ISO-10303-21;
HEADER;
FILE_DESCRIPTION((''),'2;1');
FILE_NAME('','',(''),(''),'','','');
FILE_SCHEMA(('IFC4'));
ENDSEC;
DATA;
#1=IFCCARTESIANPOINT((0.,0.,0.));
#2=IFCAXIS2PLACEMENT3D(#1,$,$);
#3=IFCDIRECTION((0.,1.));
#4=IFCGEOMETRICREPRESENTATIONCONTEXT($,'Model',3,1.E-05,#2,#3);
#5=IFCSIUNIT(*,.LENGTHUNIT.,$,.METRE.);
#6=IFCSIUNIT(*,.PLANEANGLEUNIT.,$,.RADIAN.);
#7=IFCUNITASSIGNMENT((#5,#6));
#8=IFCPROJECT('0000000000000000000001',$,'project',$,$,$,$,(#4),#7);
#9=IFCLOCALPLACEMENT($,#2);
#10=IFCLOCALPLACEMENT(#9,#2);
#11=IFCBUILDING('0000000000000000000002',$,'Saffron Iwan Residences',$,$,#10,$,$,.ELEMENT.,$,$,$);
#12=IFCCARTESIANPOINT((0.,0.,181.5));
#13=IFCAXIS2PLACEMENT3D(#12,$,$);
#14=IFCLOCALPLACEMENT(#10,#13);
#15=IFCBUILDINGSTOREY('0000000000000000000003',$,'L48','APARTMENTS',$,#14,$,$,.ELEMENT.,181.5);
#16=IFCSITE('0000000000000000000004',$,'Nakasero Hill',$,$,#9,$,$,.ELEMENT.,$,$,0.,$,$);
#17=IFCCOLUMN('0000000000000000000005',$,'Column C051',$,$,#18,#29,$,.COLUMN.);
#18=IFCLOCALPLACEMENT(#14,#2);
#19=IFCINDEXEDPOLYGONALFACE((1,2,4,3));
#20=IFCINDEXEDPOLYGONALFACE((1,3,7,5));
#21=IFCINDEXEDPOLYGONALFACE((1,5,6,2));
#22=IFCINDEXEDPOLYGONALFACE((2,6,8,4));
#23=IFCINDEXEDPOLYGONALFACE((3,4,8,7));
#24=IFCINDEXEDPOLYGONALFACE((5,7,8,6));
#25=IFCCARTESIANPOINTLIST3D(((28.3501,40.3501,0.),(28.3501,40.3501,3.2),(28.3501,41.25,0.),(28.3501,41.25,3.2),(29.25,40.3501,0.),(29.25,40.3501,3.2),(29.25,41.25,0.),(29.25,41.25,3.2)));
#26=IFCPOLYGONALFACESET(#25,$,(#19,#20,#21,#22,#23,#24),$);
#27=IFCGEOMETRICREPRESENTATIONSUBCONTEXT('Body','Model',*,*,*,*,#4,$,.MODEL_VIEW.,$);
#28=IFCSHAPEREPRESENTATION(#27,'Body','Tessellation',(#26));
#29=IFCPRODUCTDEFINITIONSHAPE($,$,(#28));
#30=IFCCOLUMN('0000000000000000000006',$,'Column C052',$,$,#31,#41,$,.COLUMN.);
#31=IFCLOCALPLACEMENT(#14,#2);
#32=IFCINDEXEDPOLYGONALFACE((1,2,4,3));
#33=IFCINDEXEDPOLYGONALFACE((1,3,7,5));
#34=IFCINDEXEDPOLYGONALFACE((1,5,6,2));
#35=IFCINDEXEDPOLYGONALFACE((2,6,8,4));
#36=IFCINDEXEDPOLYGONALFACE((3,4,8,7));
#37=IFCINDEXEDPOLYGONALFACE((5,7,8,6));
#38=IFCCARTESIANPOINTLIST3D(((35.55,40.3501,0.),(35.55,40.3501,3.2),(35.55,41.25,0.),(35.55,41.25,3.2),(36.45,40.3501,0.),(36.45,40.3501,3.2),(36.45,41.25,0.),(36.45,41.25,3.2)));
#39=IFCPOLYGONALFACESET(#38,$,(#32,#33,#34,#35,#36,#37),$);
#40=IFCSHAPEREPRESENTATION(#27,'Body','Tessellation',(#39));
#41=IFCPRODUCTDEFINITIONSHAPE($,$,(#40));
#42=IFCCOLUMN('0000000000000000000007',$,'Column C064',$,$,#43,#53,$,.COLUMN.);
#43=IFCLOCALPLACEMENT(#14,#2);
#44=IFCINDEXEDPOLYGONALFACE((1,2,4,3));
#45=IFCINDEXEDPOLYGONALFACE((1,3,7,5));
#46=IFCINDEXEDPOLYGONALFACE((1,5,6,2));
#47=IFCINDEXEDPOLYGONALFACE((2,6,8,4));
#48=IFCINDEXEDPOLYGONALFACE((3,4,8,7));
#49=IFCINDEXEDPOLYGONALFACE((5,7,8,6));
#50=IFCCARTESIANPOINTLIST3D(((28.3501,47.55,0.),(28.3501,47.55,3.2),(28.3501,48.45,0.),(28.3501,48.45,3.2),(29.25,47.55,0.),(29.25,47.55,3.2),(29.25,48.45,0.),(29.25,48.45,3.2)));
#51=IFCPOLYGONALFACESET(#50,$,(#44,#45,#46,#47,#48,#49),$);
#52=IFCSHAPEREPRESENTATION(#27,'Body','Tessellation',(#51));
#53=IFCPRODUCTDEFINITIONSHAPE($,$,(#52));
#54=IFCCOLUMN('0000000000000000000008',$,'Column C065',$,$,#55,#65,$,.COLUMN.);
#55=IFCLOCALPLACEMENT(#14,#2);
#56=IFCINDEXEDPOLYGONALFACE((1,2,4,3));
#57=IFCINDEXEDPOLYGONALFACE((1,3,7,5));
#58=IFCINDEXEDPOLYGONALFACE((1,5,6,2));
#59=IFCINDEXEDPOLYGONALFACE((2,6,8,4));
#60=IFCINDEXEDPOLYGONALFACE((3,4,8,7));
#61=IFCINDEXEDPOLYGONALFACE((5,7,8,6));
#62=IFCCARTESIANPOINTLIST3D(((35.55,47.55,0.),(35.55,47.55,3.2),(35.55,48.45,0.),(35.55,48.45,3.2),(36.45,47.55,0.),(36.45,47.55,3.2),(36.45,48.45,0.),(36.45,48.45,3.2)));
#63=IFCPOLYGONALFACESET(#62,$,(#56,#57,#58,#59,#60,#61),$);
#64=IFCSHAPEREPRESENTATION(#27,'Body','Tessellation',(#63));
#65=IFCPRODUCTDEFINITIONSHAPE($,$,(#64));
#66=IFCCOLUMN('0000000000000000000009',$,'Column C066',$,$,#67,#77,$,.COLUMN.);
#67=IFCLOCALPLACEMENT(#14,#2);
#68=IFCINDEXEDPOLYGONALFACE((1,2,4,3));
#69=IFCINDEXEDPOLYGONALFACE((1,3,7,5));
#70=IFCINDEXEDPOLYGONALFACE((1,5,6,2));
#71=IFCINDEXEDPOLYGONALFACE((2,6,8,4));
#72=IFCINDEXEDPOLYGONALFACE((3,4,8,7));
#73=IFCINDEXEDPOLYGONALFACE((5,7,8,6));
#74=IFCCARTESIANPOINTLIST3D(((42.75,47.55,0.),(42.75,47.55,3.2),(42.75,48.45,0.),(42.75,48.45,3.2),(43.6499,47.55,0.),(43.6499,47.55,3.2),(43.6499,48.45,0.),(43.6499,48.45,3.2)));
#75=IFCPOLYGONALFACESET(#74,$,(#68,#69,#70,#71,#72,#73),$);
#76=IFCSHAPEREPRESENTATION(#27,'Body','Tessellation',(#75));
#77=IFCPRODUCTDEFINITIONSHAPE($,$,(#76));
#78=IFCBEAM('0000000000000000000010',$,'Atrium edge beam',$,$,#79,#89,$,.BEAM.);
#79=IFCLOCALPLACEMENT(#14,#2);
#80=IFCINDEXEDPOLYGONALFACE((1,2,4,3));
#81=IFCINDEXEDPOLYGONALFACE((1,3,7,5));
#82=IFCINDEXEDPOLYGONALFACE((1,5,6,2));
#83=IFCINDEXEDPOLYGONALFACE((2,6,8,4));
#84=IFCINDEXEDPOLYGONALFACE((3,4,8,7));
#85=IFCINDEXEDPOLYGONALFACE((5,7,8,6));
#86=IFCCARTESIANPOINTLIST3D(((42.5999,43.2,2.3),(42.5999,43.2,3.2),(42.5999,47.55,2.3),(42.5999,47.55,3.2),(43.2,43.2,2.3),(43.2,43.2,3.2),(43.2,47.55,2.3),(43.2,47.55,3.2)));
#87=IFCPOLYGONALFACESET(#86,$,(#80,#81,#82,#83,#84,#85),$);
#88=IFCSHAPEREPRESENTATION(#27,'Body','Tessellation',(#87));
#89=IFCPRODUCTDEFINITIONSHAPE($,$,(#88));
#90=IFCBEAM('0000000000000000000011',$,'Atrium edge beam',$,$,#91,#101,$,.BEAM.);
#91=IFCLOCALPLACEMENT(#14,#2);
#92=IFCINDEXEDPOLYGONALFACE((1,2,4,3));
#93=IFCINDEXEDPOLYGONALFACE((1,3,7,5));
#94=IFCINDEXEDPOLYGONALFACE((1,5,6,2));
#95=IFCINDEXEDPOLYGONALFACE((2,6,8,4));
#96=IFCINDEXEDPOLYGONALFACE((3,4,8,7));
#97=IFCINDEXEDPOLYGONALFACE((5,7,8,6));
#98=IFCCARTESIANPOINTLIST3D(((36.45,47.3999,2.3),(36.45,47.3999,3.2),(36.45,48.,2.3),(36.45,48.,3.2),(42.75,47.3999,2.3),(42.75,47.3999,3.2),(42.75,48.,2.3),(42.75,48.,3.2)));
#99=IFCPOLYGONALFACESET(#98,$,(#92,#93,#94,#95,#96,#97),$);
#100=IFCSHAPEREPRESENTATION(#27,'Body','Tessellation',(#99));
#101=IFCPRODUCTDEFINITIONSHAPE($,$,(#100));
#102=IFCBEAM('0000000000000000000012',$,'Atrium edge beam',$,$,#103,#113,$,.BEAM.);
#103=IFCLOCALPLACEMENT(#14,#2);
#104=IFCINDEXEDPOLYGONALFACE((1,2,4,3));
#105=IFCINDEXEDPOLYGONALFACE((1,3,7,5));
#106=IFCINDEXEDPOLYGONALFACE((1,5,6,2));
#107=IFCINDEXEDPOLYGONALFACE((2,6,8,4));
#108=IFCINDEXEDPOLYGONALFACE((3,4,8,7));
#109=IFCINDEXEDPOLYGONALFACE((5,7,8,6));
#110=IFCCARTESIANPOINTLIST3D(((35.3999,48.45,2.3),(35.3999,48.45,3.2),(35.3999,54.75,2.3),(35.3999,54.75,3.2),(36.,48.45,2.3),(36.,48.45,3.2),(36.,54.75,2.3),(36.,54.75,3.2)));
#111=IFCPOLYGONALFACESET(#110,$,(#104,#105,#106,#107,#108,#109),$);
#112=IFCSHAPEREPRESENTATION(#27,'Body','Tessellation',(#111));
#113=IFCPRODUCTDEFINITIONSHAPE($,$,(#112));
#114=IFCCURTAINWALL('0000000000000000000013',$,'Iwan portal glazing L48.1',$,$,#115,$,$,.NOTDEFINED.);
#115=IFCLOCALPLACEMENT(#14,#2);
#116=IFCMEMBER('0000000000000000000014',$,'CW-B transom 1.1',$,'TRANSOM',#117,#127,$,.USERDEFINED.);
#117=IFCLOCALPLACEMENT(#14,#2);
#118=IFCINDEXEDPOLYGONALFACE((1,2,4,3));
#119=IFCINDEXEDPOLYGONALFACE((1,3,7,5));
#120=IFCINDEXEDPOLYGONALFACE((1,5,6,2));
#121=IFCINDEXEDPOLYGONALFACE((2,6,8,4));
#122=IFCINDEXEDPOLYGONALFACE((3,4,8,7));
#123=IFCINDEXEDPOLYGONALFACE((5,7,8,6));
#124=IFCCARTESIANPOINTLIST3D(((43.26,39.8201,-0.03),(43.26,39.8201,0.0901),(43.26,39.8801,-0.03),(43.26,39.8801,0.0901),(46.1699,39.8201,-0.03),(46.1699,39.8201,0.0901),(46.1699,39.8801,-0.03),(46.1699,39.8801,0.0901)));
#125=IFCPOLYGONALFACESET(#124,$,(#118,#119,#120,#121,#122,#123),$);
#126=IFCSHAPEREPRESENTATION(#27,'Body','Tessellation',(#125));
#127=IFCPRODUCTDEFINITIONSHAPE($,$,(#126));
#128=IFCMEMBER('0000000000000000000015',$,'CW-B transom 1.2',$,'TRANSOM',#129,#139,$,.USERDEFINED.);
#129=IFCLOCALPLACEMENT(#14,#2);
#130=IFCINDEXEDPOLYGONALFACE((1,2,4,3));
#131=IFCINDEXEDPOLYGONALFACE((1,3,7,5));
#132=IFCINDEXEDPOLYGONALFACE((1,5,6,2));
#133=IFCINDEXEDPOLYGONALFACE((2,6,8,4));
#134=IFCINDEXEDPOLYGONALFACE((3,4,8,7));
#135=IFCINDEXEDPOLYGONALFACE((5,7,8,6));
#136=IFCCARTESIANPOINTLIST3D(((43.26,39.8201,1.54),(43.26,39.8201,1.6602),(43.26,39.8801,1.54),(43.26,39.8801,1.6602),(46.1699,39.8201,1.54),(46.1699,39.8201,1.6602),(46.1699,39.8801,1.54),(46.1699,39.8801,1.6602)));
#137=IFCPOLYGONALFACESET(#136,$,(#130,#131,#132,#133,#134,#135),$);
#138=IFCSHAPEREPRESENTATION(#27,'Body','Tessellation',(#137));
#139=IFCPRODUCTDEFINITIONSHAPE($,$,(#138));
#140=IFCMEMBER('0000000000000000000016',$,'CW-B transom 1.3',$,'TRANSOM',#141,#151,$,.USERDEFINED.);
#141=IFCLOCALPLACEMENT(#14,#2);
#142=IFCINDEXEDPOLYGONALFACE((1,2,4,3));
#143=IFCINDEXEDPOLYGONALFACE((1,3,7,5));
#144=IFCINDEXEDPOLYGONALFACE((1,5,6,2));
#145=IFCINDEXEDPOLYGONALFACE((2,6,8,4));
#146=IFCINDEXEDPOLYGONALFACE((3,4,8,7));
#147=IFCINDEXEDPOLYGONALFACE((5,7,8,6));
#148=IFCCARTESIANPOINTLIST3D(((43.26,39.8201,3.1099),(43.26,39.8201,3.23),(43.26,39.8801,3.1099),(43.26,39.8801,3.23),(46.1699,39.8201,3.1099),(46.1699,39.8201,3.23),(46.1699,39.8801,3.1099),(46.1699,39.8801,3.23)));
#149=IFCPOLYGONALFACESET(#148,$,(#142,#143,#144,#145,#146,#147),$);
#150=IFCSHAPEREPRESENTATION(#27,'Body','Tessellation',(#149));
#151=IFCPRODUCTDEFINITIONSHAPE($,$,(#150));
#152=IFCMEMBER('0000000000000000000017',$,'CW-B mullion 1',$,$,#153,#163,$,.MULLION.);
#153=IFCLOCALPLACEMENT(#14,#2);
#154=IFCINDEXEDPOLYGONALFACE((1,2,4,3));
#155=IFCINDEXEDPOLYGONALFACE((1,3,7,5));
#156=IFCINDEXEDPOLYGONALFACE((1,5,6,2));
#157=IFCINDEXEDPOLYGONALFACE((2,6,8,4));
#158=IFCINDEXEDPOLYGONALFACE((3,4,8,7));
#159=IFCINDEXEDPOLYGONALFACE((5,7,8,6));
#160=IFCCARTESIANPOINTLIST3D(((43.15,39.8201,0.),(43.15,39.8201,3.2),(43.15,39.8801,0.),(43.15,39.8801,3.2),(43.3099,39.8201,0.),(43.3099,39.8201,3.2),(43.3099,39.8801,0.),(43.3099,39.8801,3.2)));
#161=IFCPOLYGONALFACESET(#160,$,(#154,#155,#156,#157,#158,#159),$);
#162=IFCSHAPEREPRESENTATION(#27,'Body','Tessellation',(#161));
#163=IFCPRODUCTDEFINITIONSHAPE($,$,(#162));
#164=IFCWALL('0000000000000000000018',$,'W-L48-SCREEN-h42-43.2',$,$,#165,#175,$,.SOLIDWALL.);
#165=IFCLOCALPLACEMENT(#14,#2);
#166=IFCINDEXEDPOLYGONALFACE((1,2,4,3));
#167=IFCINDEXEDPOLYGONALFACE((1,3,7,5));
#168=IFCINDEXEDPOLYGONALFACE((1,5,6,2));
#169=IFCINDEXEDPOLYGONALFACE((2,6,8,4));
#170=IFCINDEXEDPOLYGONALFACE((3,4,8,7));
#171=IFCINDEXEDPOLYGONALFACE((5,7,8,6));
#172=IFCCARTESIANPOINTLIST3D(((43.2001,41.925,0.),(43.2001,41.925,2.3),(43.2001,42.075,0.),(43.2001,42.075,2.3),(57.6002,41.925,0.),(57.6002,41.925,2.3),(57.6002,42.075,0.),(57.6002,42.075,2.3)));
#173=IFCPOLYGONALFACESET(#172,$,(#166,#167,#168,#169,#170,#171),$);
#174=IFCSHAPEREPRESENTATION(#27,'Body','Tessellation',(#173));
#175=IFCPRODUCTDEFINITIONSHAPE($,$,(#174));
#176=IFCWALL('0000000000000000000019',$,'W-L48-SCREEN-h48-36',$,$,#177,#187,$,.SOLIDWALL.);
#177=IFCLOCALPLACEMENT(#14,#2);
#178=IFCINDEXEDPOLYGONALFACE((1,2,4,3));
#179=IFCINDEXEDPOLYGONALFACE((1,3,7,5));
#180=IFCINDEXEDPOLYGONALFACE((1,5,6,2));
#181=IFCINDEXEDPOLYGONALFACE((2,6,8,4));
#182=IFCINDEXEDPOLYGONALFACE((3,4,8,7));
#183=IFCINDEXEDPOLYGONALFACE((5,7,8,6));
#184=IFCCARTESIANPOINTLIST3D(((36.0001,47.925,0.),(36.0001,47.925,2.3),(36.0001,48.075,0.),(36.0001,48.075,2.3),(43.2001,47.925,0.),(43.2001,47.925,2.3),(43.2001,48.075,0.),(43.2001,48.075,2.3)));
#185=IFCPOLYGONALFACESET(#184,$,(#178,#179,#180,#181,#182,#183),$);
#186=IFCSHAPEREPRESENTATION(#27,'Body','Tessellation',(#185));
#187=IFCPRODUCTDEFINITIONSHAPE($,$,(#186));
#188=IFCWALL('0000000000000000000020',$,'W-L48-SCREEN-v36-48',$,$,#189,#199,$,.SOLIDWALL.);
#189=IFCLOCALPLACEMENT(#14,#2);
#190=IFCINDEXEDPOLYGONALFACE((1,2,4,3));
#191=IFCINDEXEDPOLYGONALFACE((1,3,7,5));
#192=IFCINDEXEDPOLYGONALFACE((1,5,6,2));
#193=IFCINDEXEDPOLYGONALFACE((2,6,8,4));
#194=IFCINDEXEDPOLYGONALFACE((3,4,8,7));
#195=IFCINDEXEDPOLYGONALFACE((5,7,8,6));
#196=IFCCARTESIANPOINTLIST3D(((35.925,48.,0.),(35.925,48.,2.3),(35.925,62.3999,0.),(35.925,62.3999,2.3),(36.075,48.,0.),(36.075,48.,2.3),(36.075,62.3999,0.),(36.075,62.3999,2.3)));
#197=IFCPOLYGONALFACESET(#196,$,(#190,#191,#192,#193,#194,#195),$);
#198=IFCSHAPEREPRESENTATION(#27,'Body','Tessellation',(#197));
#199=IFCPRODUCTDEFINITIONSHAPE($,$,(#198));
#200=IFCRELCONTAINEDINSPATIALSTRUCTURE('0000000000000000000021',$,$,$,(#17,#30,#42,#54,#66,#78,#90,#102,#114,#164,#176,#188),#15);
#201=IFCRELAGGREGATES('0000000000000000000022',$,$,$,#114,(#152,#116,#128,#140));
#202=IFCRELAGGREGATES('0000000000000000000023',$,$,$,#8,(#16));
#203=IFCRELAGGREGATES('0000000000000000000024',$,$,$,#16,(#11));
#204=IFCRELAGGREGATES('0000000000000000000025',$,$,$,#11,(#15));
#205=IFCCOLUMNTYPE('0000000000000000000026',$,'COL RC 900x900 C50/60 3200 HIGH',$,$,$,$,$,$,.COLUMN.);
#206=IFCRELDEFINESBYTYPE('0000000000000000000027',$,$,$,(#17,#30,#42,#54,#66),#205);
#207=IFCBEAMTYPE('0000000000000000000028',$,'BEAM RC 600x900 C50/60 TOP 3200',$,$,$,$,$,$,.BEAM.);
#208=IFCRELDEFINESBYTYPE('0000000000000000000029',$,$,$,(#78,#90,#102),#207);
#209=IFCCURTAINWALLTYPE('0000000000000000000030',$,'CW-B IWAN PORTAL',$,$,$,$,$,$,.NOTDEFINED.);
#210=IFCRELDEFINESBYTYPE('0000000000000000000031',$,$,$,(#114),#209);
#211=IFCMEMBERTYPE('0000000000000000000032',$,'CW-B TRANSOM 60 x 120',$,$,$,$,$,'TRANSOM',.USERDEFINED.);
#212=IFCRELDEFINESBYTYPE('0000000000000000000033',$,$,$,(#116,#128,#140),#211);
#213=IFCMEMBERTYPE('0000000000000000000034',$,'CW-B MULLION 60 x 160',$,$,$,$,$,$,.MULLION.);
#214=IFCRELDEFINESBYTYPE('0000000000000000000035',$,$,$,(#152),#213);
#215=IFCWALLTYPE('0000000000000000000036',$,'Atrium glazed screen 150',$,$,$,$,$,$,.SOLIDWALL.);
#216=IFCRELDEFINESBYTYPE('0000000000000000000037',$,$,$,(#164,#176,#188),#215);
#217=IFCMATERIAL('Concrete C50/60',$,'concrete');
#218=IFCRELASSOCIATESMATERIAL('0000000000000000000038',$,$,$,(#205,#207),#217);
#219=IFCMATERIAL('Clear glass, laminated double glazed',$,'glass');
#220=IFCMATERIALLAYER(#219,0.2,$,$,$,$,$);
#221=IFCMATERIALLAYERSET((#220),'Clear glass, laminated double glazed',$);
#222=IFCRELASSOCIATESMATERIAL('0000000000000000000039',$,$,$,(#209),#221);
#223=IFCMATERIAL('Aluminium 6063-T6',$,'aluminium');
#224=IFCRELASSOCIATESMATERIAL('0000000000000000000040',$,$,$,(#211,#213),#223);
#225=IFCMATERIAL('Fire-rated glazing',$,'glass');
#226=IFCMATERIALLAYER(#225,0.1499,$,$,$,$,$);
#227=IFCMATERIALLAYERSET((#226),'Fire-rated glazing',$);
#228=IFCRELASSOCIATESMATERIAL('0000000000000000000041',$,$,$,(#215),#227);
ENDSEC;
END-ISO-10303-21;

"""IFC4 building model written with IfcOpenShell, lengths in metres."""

from ifc_helpers import new_model, si_unit, direction, frame, frame_2d, origin, origin_2d, place, context, subcontext, project, spatial, rectangle, extrude, source, transform, mapped, material, layer, layer_set, material_profile, profile_set, type_object, element, aggregate, save


model = new_model("IFC4")

# Units and contexts
model_context = context("Model", 3, precision=1e-05, world=origin(), true_north=direction((0.0, 1.0)))
body_context = subcontext(model_context, "Body", "Model", "MODEL_VIEW")
ifc_project = project(units=[si_unit("LENGTHUNIT", "METRE"), si_unit("PLANEANGLEUNIT", "RADIAN")], contexts=[model_context])

# Site, building, storey
site_placement = place(None, origin())
site = spatial("IfcSite", under=ifc_project, at=site_placement, Name="Nakasero Hill", CompositionType="ELEMENT", RefElevation=0.0)
building_placement = place(site_placement, origin())
building = spatial("IfcBuilding", under=site, at=building_placement, Name="Saffron Iwan Residences", CompositionType="ELEMENT")
storey_placement = place(building_placement, frame((0.0, 0.0, 181.5)))
storey = spatial("IfcBuildingStorey", under=building, at=storey_placement, Name="L48", Description="APARTMENTS", CompositionType="ELEMENT", Elevation=181.5)

# Columns
ifc_material_1 = material(Name="Concrete C50/60", Category="concrete")
ifc_material_profile_1 = material_profile(ifc_material_1, rectangle(XDim=0.8999, YDim=0.8999, at=origin_2d()), Name="RC 900x900")
ifc_profile_set_1 = profile_set([ifc_material_profile_1], Name="Concrete C50/60")
column_type = type_object("IfcColumnType", Name="COL RC 900x900 C50/60 3200 HIGH", PredefinedType="COLUMN", material=ifc_profile_set_1)
shared_shape_1 = source(origin(), body_context, "Body", "SweptSolid", [
    extrude(rectangle(XDim=0.8999, YDim=0.8999, at=origin_2d()), origin(), (0.0, 0.0, 1.0), 3.2),
])
for number, where, z_axis, x_axis, name in (
    (1, (28.8, 40.8, 0.0), (0.0, 0.0, 1.0), (1.0, 0.0, 0.0), "Column C051"),
    (2, (36.0, 40.8, 0.0), (0.0, 0.0, 1.0), (1.0, 0.0, 0.0), "Column C052"),
    (3, (28.8, 48.0, 0.0), (0.0, 0.0, 1.0), (1.0, 0.0, 0.0), "Column C064"),
    (4, (36.0, 48.0, 0.0), (0.0, 0.0, 1.0), (1.0, 0.0, 0.0), "Column C065"),
    (5, (43.2, 48.0, 0.0), (0.0, 0.0, 1.0), (1.0, 0.0, 0.0), "Column C066"),
):
    element("IfcColumn", number, at=place(storey_placement, frame(where, z_axis=z_axis, x_axis=x_axis)), inside=storey, type_object=column_type, Name=name, PredefinedType="COLUMN", context=body_context, shape_type="MappedRepresentation", body=[
        mapped(shared_shape_1, transform((0.0, 0.0, 0.0))),
    ])

# Beams
ifc_material_profile_2 = material_profile(ifc_material_1, rectangle(XDim=0.6001, YDim=0.8999, at=origin_2d()), Name="RC 600x900")
ifc_profile_set_2 = profile_set([ifc_material_profile_2], Name="Concrete C50/60")
beam_type = type_object("IfcBeamType", Name="BEAM RC 600x900 C50/60 TOP 3200", PredefinedType="BEAM", material=ifc_profile_set_2)
shared_shape_2 = source(origin(), body_context, "Body", "SweptSolid", [
    extrude(rectangle(XDim=0.6001, YDim=0.8999, at=origin_2d()), origin(), (0.0, 0.0, 1.0), 4.3501),
])
beam_placement = place(storey_placement, frame((42.8999, 43.2, 2.75), z_axis=(0.0, 1.0, 0.0), x_axis=(-1.0, 0.0, 0.0)))
element("IfcBeam", 6, at=beam_placement, inside=storey, type_object=beam_type, Name="Atrium edge beam", PredefinedType="BEAM", context=body_context, shape_type="MappedRepresentation", body=[
    mapped(shared_shape_2, transform((0.0, 0.0, 0.0))),
])
shared_shape_3 = source(origin(), body_context, "Body", "SweptSolid", [
    extrude(rectangle(XDim=0.6001, YDim=0.8999, at=origin_2d()), origin(), (0.0, 0.0, 1.0), 6.3),
])
for number, where, z_axis, x_axis, name in (
    (7, (42.75, 47.7, 2.75), (-1.0, 0.0, 0.0), (0.0, -1.0, 0.0), "Atrium edge beam"),
    (8, (35.7, 48.45, 2.75), (0.0, 1.0, 0.0), (-1.0, 0.0, 0.0), "Atrium edge beam"),
):
    element("IfcBeam", number, at=place(storey_placement, frame(where, z_axis=z_axis, x_axis=x_axis)), inside=storey, type_object=beam_type, Name=name, PredefinedType="BEAM", context=body_context, shape_type="MappedRepresentation", body=[
        mapped(shared_shape_3, transform((0.0, 0.0, 0.0))),
    ])

# Curtain wall, members
ifc_material_2 = material(Name="Clear glass, laminated double glazed", Category="glass")
ifc_layer_1 = layer(ifc_material_2, 0.2)
ifc_layer_set_1 = layer_set([ifc_layer_1], Name="Clear glass, laminated double glazed")
curtain_wall_type = type_object("IfcCurtainWallType", Name="CW-B IWAN PORTAL", PredefinedType="NOTDEFINED", material=ifc_layer_set_1)
curtain_wall_placement = place(storey_placement, origin())
curtain_wall = element("IfcCurtainWall", 9, at=curtain_wall_placement, inside=storey, type_object=curtain_wall_type, Name="Iwan portal glazing L48.1", PredefinedType="NOTDEFINED")
ifc_material_3 = material(Name="Aluminium 6063-T6", Category="aluminium")
ifc_material_profile_3 = material_profile(ifc_material_3, rectangle(XDim=0.0601, YDim=0.1201, at=origin_2d()), Name="CW-B TRANSOM 60 x 120")
ifc_profile_set_3 = profile_set([ifc_material_profile_3], Name="Aluminium 6063-T6")
member_type_1 = type_object("IfcMemberType", Name="CW-B TRANSOM 60 x 120", ElementType="TRANSOM", PredefinedType="USERDEFINED", material=ifc_profile_set_3)
shared_shape_4 = source(origin(), body_context, "Body", "SweptSolid", [
    extrude(rectangle(XDim=0.0601, YDim=0.1201, at=origin_2d()), origin(), (0.0, 0.0, 1.0), 2.9099),
])
member_1_placement = place(storey_placement, frame((43.26, 39.8501, 0.03), z_axis=(1.0, 0.0, 0.0), x_axis=(0.0, 1.0, 0.0)))
member_1 = element("IfcMember", 10, at=member_1_placement, type_object=member_type_1, Name="CW-B transom 1.1", ObjectType="TRANSOM", PredefinedType="USERDEFINED", context=body_context, shape_type="MappedRepresentation", body=[
    mapped(shared_shape_4, transform((0.0, 0.0, 0.0))),
])
member_2_placement = place(storey_placement, frame((43.26, 39.8501, 1.6001), z_axis=(1.0, 0.0, 0.0), x_axis=(0.0, 1.0, 0.0)))
member_2 = element("IfcMember", 11, at=member_2_placement, type_object=member_type_1, Name="CW-B transom 1.2", ObjectType="TRANSOM", PredefinedType="USERDEFINED", context=body_context, shape_type="MappedRepresentation", body=[
    mapped(shared_shape_4, transform((0.0, 0.0, 0.0))),
])
member_3_placement = place(storey_placement, frame((43.26, 39.8501, 3.1699), z_axis=(1.0, 0.0, 0.0), x_axis=(0.0, 1.0, 0.0)))
member_3 = element("IfcMember", 12, at=member_3_placement, type_object=member_type_1, Name="CW-B transom 1.3", ObjectType="TRANSOM", PredefinedType="USERDEFINED", context=body_context, shape_type="MappedRepresentation", body=[
    mapped(shared_shape_4, transform((0.0, 0.0, 0.0))),
])
ifc_material_profile_4 = material_profile(ifc_material_3, rectangle(XDim=0.0601, YDim=0.1599, at=origin_2d()), Name="CW-B MULLION 60 x 160")
ifc_profile_set_4 = profile_set([ifc_material_profile_4], Name="Aluminium 6063-T6")
member_type_2 = type_object("IfcMemberType", Name="CW-B MULLION 60 x 160", PredefinedType="MULLION", material=ifc_profile_set_4)
shared_shape_5 = source(origin(), body_context, "Body", "SweptSolid", [
    extrude(rectangle(XDim=0.0601, YDim=0.1599, at=origin_2d()), origin(), (0.0, 0.0, 1.0), 3.2),
])
member_4_placement = place(storey_placement, frame((43.23, 39.8501, 0.0), z_axis=(0.0, 0.0, 1.0), x_axis=(0.0, 1.0, 0.0)))
member_4 = element("IfcMember", 13, at=member_4_placement, type_object=member_type_2, Name="CW-B mullion 1", PredefinedType="MULLION", context=body_context, shape_type="MappedRepresentation", body=[
    mapped(shared_shape_5, transform((0.0, 0.0, 0.0))),
])
aggregate(curtain_wall, [member_4, member_1, member_2, member_3])

# Walls
ifc_material_4 = material(Name="Fire-rated glazing", Category="glass")
ifc_layer_2 = layer(ifc_material_4, 0.1499)
ifc_layer_set_2 = layer_set([ifc_layer_2], Name="Fire-rated glazing")
wall_type_1 = type_object("IfcWallType", Name="Atrium glazed screen 150", PredefinedType="SOLIDWALL", material=ifc_layer_set_2)
wall_1_placement = place(storey_placement, frame((43.2, 42.0, 0.0), z_axis=(0.0, 0.0, 1.0), x_axis=(1.0, 0.0, 0.0)))
element("IfcWall", 14, at=wall_1_placement, inside=storey, type_object=wall_type_1, Name="W-L48-SCREEN-h42-43.2", PredefinedType="SOLIDWALL", context=body_context, shape_type="SweptSolid", body=[
    extrude(rectangle(XDim=14.4001, YDim=0.1499, at=frame_2d((7.2002, 0.0))), origin(), (0.0, 0.0, 1.0), 2.3),
])
wall_2_placement = place(storey_placement, frame((36.0, 48.0, 0.0), z_axis=(0.0, 0.0, 1.0), x_axis=(1.0, 0.0, 0.0)))
element("IfcWall", 15, at=wall_2_placement, inside=storey, type_object=wall_type_1, Name="W-L48-SCREEN-h48-36", PredefinedType="SOLIDWALL", context=body_context, shape_type="SweptSolid", body=[
    extrude(rectangle(XDim=7.2, YDim=0.1499, at=frame_2d((3.6001, 0.0))), origin(), (0.0, 0.0, 1.0), 2.3),
])
wall_3_placement = place(storey_placement, frame((36.0, 48.0, 0.0), z_axis=(0.0, 0.0, 1.0), x_axis=(0.0, 1.0, 0.0)))
element("IfcWall", 16, at=wall_3_placement, inside=storey, type_object=wall_type_1, Name="W-L48-SCREEN-v36-48", PredefinedType="SOLIDWALL", context=body_context, shape_type="SweptSolid", body=[
    extrude(rectangle(XDim=14.3999, YDim=0.1499, at=frame_2d((7.2, 0.0))), origin(), (0.0, 0.0, 1.0), 2.3),
])

save(model, "model.ifc")
